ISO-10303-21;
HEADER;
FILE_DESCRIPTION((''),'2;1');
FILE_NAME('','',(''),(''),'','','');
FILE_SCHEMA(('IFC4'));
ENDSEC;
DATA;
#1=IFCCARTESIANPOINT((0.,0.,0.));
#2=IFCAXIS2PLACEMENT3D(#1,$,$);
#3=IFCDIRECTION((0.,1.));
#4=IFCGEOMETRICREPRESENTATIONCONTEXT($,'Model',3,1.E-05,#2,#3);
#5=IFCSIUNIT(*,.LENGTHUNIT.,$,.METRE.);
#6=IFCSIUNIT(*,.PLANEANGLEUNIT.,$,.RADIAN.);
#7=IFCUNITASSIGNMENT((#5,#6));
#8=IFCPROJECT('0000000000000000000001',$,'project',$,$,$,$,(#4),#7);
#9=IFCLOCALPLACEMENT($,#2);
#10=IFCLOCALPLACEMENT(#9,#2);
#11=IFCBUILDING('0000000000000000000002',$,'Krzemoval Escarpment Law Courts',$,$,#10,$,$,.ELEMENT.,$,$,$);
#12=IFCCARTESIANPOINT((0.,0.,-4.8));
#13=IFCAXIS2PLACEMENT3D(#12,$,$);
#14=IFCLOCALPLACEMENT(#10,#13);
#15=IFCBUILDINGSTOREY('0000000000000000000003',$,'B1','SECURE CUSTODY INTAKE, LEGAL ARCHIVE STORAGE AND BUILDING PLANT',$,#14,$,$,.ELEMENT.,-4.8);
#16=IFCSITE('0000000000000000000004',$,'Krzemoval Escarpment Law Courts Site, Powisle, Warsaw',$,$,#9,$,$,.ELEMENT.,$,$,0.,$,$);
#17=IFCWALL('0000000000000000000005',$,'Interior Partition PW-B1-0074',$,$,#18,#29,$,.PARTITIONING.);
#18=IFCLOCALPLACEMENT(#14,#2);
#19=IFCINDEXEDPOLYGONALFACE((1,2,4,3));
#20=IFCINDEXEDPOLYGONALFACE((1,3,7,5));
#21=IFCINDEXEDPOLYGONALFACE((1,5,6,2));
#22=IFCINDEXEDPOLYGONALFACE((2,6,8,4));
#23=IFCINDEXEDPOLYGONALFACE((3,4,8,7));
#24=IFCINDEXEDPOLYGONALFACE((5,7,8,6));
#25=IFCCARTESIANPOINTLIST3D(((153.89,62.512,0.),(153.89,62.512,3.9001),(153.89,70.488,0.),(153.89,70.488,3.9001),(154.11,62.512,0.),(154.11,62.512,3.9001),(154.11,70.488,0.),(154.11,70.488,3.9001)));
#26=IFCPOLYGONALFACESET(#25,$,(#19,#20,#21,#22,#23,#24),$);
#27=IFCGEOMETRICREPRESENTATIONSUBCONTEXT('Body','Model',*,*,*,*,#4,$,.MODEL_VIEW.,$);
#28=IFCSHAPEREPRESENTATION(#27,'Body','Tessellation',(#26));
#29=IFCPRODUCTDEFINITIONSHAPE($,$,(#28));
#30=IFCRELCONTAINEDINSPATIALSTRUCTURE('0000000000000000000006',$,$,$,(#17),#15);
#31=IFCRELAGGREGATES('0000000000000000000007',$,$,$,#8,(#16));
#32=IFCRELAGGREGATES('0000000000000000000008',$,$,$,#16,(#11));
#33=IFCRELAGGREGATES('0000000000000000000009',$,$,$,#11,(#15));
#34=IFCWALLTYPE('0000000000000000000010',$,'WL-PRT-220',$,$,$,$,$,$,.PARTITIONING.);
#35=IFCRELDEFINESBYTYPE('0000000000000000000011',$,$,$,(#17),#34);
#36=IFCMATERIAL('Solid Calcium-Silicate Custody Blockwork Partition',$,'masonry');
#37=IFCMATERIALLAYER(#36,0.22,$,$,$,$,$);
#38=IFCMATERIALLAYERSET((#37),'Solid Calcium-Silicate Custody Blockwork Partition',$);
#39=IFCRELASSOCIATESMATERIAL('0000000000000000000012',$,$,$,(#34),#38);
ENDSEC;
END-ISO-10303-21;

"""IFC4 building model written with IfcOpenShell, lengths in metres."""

from ifc_helpers import new_model, si_unit, direction, frame, frame_2d, origin, place, context, subcontext, project, spatial, rectangle, extrude, material, layer, layer_set, type_object, element, save


model = new_model("IFC4")

# Units and contexts
model_context = context("Model", 3, precision=1e-05, world=origin(), true_north=direction((0.0, 1.0)))
body_context = subcontext(model_context, "Body", "Model", "MODEL_VIEW")
ifc_project = project(units=[si_unit("LENGTHUNIT", "METRE"), si_unit("PLANEANGLEUNIT", "RADIAN")], contexts=[model_context])

# Site, building, storey
site_placement = place(None, origin())
site = spatial("IfcSite", under=ifc_project, at=site_placement, Name="Krzemoval Escarpment Law Courts Site, Powisle, Warsaw", CompositionType="ELEMENT", RefElevation=0.0)
building_placement = place(site_placement, origin())
building = spatial("IfcBuilding", under=site, at=building_placement, Name="Krzemoval Escarpment Law Courts", CompositionType="ELEMENT")
storey_placement = place(building_placement, frame((0.0, 0.0, -4.8)))
storey = spatial("IfcBuildingStorey", under=building, at=storey_placement, Name="B1", Description="SECURE CUSTODY INTAKE, LEGAL ARCHIVE STORAGE AND BUILDING PLANT", CompositionType="ELEMENT", Elevation=-4.8)

# Shared definitions
ifc_material_1 = material(Name="Solid Calcium-Silicate Custody Blockwork Partition", Category="masonry")
ifc_layer = layer(ifc_material_1, 0.22)
ifc_layer_set = layer_set([ifc_layer], Name="Solid Calcium-Silicate Custody Blockwork Partition")
wall_type = type_object("IfcWallType", Name="WL-PRT-220", PredefinedType="PARTITIONING", material=ifc_layer_set)

# Wall
wall_1_placement = place(storey_placement, frame((154.0, 62.512, 0.0), z_axis=(0.0, 0.0, 1.0), x_axis=(0.0, 1.0, 0.0)))
element("IfcWall", 1, at=wall_1_placement, inside=storey, type_object=wall_type, Name="Interior Partition PW-B1-0074", PredefinedType="PARTITIONING", context=body_context, shape_type="SweptSolid", body=[
    extrude(rectangle(XDim=7.9761, YDim=0.22, at=frame_2d((3.988, 0.0))), origin(), (0.0, 0.0, 1.0), 3.9001),
])

save(model, "model.ifc")
